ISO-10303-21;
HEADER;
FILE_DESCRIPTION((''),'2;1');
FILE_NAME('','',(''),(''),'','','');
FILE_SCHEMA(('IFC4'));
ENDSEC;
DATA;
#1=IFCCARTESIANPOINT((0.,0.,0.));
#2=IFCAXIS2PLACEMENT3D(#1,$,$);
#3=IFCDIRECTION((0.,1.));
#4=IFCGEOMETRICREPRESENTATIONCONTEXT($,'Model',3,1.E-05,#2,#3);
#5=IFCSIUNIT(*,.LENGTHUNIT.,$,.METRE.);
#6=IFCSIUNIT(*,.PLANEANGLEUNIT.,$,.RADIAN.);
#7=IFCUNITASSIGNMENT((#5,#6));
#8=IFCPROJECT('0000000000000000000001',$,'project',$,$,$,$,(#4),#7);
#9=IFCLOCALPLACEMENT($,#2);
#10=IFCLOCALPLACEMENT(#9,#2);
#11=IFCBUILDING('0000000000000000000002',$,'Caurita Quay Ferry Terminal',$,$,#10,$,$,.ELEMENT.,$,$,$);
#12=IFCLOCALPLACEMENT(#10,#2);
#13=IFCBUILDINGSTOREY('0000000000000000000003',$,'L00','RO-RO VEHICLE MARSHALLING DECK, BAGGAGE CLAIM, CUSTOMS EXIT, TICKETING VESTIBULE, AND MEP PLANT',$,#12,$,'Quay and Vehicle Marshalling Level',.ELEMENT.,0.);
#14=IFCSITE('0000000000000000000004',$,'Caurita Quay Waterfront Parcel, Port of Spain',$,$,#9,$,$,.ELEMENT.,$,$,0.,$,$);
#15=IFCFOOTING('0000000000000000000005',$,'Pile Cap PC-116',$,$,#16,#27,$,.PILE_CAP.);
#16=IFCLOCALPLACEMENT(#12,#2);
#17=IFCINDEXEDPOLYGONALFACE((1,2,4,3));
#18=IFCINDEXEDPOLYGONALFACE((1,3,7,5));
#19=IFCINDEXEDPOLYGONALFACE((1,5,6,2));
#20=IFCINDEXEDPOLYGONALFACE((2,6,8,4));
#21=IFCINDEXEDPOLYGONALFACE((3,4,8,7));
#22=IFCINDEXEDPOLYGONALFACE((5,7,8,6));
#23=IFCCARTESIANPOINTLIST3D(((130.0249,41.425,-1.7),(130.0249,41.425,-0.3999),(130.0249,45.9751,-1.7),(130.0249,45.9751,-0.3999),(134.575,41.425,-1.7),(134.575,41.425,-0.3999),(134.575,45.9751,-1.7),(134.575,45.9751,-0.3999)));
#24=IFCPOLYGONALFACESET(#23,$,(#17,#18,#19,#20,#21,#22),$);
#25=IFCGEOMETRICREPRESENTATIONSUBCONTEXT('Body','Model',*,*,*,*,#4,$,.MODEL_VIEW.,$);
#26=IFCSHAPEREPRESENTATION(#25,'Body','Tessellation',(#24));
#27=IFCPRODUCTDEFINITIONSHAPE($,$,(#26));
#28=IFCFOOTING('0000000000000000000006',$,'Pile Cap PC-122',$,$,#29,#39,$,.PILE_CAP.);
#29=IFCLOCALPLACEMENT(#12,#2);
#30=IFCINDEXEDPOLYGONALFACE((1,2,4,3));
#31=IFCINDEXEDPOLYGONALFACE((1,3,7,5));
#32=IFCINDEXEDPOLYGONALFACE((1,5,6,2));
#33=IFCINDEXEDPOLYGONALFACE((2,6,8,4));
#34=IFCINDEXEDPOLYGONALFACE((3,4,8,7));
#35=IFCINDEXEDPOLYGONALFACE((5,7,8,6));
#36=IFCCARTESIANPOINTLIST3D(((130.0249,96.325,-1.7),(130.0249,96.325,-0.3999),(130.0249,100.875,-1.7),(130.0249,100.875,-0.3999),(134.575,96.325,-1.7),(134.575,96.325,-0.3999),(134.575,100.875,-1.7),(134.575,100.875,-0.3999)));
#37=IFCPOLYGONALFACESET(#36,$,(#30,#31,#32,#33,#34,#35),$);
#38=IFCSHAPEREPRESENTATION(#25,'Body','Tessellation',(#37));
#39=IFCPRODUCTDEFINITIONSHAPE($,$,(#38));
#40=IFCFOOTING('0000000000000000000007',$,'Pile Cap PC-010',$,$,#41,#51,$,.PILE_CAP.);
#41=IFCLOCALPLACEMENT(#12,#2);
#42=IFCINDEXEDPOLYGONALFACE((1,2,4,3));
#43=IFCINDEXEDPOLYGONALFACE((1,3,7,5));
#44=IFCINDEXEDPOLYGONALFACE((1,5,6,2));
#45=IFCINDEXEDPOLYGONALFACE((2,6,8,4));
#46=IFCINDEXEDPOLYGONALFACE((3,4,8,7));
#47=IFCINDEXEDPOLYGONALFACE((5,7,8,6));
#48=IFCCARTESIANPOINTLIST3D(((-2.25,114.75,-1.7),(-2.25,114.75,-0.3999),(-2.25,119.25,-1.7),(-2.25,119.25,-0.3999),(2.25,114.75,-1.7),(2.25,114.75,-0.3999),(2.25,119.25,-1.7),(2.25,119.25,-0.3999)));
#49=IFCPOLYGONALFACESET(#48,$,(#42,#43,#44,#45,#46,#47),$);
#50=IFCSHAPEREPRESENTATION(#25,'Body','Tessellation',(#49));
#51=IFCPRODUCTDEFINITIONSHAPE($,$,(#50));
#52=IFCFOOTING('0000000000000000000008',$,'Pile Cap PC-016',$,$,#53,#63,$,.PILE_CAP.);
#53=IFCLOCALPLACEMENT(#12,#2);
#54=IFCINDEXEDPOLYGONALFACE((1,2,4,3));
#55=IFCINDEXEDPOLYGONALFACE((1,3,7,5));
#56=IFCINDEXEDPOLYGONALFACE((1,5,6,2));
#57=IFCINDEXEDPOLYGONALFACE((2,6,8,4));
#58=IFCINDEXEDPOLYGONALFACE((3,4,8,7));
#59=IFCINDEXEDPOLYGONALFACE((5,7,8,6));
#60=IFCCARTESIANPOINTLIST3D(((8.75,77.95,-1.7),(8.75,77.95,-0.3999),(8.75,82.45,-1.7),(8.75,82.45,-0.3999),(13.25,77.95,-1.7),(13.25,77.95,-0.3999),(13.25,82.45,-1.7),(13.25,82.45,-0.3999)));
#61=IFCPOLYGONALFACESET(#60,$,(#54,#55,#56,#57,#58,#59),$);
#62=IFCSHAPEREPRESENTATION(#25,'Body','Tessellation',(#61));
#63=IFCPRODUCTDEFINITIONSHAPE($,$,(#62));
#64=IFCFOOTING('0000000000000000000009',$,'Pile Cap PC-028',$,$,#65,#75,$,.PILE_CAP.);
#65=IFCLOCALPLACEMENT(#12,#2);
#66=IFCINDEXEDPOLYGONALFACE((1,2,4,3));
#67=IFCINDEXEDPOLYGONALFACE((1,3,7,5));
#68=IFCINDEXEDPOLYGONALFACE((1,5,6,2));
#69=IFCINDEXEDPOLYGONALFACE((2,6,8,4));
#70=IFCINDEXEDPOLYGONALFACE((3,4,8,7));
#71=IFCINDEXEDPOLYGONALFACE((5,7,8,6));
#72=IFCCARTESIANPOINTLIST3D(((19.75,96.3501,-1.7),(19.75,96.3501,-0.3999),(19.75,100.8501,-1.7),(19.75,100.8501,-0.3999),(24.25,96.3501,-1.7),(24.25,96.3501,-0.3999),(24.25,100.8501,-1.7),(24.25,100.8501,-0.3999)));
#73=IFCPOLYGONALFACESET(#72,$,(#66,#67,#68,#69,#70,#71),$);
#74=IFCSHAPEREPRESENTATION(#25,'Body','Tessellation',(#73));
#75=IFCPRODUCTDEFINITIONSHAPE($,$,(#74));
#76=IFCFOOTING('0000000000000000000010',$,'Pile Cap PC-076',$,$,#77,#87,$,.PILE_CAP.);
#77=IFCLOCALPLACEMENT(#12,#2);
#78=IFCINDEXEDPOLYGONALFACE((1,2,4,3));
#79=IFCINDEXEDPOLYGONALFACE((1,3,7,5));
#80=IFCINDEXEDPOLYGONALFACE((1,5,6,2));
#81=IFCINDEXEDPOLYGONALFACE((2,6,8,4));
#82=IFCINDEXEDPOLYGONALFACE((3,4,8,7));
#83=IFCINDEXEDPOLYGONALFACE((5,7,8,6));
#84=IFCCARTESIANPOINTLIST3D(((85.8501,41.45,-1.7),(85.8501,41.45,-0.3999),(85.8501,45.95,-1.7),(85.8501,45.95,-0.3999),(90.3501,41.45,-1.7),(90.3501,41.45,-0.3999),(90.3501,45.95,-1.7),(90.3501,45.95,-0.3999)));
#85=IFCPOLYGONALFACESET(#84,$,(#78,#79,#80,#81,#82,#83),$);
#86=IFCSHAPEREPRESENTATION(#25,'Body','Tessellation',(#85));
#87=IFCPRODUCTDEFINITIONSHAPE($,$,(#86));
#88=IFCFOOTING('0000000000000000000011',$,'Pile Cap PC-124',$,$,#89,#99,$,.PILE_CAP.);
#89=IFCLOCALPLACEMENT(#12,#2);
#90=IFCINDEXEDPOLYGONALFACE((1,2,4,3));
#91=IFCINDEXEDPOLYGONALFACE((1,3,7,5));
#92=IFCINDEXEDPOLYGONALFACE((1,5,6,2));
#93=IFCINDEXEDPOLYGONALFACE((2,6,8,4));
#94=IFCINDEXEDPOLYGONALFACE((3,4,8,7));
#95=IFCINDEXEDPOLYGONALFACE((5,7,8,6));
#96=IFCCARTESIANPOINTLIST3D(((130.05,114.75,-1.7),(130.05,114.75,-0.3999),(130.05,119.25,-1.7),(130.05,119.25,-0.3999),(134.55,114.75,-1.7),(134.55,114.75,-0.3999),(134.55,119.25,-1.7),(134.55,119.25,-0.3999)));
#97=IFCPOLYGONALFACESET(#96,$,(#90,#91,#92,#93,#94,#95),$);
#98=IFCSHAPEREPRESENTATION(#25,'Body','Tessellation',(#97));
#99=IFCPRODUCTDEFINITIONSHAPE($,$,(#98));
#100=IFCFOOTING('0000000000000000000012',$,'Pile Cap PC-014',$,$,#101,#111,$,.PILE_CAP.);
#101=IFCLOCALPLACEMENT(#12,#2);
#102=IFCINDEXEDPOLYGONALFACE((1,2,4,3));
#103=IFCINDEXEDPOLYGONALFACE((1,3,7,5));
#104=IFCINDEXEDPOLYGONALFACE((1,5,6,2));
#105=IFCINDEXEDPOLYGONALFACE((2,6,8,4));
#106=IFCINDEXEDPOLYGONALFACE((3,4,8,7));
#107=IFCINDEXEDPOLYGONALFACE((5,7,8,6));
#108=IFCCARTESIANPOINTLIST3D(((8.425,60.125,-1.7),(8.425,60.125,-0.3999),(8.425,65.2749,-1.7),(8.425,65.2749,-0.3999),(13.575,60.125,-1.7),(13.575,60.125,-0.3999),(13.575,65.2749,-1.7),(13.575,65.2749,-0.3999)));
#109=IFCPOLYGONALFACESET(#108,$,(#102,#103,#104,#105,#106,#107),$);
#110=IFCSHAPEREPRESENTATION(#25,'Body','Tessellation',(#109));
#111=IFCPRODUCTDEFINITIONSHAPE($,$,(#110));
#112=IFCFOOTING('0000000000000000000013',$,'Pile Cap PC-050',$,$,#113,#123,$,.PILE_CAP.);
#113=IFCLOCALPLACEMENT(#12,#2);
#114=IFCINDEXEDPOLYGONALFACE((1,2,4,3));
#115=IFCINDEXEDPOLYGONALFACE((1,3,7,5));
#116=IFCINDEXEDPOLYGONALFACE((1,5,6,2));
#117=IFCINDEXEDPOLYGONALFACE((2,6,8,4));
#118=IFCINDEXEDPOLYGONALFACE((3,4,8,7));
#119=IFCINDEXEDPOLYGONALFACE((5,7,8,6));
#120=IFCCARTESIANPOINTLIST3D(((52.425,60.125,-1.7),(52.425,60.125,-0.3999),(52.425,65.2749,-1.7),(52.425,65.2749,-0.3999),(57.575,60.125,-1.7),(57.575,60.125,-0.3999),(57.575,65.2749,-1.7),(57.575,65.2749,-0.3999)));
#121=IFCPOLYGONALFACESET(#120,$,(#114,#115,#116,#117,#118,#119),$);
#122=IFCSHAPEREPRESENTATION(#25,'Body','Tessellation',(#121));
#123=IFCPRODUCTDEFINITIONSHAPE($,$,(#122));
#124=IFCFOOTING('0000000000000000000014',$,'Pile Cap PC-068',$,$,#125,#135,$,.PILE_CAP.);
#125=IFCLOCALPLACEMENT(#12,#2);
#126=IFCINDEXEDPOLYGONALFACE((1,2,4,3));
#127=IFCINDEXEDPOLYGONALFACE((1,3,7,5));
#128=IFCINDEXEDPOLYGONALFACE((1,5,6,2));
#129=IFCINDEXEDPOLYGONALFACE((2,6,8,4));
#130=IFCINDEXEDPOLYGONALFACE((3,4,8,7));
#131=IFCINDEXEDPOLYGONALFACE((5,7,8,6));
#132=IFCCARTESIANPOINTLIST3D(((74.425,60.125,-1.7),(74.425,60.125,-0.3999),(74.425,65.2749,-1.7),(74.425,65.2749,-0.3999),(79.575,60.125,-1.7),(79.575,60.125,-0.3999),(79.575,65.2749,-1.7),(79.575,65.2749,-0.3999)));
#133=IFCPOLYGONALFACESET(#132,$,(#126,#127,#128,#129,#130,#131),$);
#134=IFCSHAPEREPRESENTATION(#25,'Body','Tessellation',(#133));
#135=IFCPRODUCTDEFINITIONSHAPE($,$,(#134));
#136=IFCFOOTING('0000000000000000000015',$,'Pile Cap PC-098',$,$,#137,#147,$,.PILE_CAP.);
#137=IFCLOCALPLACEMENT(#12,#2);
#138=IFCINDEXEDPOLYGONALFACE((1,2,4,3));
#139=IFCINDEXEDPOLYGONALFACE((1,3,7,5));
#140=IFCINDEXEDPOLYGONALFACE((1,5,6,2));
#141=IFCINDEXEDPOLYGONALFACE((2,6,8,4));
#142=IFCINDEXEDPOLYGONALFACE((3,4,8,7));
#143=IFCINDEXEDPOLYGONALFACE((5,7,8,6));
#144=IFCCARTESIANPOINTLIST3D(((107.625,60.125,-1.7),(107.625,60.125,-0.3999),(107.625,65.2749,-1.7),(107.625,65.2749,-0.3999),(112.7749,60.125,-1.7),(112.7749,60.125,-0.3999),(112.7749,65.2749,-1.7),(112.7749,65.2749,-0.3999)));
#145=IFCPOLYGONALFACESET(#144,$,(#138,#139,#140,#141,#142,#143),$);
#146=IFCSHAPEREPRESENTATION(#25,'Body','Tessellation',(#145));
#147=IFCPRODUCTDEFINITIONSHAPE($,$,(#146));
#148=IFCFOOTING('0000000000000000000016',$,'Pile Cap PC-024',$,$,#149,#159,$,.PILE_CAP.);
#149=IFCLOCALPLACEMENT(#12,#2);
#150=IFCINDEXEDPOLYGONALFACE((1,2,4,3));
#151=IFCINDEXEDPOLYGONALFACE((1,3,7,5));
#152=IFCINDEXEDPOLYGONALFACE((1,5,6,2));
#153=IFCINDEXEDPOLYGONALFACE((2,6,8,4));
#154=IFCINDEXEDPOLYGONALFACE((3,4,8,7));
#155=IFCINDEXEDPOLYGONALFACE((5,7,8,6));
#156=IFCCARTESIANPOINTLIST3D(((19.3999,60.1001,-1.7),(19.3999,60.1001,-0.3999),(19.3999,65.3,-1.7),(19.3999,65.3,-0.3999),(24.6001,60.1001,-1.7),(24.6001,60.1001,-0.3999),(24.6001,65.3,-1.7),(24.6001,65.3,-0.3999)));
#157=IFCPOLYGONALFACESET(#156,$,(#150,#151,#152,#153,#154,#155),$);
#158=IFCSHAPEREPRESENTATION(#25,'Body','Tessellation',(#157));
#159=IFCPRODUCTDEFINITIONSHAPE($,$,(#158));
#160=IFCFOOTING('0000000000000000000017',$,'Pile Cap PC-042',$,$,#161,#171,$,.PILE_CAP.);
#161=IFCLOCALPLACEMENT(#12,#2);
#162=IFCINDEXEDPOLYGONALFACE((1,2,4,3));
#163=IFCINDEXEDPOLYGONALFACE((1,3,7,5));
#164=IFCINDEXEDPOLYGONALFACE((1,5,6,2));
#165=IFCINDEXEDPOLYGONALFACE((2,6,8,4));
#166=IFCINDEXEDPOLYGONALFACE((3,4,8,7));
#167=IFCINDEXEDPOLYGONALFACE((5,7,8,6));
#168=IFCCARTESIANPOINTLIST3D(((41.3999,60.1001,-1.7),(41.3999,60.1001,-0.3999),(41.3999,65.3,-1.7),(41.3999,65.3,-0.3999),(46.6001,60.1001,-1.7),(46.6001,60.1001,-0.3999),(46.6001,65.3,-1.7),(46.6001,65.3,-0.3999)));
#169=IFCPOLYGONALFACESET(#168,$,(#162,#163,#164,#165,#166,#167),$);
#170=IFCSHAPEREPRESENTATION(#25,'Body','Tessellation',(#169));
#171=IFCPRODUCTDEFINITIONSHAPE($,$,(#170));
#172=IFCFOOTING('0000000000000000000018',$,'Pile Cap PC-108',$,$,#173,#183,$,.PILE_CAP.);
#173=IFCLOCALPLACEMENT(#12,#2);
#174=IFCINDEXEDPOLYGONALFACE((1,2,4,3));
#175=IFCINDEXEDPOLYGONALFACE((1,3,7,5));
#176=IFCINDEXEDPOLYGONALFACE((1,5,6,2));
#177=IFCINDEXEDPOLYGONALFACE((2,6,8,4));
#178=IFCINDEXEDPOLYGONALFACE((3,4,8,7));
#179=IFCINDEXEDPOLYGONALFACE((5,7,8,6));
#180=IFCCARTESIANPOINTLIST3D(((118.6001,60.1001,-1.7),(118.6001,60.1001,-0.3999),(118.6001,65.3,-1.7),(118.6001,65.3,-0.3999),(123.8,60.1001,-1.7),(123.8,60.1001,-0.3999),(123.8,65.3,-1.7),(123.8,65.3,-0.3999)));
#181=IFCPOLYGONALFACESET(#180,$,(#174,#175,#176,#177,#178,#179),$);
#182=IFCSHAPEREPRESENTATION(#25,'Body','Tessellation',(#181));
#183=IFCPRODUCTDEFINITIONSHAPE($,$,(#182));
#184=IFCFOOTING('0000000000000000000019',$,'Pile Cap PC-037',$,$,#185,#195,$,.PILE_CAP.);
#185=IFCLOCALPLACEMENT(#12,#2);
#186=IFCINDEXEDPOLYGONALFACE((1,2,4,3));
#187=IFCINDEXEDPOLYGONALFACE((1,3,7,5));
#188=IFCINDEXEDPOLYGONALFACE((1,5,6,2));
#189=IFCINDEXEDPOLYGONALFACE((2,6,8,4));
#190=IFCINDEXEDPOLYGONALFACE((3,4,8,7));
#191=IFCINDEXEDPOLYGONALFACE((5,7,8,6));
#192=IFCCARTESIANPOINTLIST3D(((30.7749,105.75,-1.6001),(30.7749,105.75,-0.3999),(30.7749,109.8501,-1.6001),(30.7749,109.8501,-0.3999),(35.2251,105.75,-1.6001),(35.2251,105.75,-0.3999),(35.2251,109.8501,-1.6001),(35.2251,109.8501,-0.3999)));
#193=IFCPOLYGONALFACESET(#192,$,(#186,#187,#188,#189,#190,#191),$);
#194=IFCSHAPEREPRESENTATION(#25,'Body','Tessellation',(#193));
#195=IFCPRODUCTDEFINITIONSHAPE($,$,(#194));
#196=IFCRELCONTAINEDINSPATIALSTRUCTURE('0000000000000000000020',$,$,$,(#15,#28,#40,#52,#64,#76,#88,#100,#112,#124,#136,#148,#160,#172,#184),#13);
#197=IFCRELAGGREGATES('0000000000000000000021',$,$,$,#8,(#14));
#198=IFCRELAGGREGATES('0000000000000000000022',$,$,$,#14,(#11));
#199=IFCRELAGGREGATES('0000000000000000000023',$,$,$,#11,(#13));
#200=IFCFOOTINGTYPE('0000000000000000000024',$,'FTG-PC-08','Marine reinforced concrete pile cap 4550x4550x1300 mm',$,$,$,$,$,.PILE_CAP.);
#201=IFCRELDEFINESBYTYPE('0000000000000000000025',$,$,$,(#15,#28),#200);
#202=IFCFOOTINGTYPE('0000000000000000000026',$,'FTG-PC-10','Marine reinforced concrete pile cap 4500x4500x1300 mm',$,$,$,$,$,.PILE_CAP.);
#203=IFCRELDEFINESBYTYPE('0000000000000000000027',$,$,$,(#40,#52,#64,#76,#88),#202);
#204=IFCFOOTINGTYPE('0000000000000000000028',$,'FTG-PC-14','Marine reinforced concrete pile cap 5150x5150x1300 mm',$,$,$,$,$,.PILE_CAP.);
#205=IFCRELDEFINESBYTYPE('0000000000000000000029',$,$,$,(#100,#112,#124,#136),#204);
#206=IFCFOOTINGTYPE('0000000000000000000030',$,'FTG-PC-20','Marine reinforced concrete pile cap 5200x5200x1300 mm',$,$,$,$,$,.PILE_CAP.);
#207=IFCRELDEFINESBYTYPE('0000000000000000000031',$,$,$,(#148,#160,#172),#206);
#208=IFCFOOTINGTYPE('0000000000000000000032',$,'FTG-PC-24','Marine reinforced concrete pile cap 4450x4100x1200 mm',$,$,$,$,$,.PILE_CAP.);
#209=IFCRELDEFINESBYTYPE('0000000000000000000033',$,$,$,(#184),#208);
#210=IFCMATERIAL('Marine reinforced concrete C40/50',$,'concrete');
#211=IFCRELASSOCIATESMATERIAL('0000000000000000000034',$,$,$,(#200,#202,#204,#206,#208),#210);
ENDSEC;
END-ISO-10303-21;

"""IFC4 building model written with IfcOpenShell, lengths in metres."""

from ifc_helpers import new_model, si_unit, direction, frame, origin, place, context, subcontext, project, spatial, polyline, outline, extrude, material, type_object, element, save


model = new_model("IFC4")

# Units and contexts
model_context = context("Model", 3, precision=1e-05, world=origin(), true_north=direction((0.0, 1.0)))
body_context = subcontext(model_context, "Body", "Model", "MODEL_VIEW")
ifc_project = project(units=[si_unit("LENGTHUNIT", "METRE"), si_unit("PLANEANGLEUNIT", "RADIAN")], contexts=[model_context])

# Site, building, storey
site_placement = place(None, origin())
site = spatial("IfcSite", under=ifc_project, at=site_placement, Name="Caurita Quay Waterfront Parcel, Port of Spain", CompositionType="ELEMENT", RefElevation=0.0)
building_placement = place(site_placement, origin())
building = spatial("IfcBuilding", under=site, at=building_placement, Name="Caurita Quay Ferry Terminal", CompositionType="ELEMENT")
storey_placement = place(building_placement, origin())
storey = spatial("IfcBuildingStorey", under=building, at=storey_placement, Name="L00", Description="RO-RO VEHICLE MARSHALLING DECK, BAGGAGE CLAIM, CUSTOMS EXIT, TICKETING VESTIBULE, AND MEP PLANT", LongName="Quay and Vehicle Marshalling Level", CompositionType="ELEMENT", Elevation=0.0)

# Footings
ifc_material = material(Name="Marine reinforced concrete C40/50", Category="concrete")
footing_type_1 = type_object("IfcFootingType", Name="FTG-PC-08", Description="Marine reinforced concrete pile cap 4550x4550x1300 mm", PredefinedType="PILE_CAP", material=ifc_material)
footing_1_placement = place(storey_placement, frame((0.0, 0.0, -1.7)))
element("IfcFooting", 1, at=footing_1_placement, inside=storey, type_object=footing_type_1, Name="Pile Cap PC-116", PredefinedType="PILE_CAP", context=body_context, shape_type="SweptSolid", body=[
    extrude(outline(polyline([(130.0249, 41.425), (134.575, 41.425), (134.575, 45.9751), (130.0249, 45.9751), (130.0249, 41.425)])), origin(), (0.0, 0.0, 1.0), 1.3),
])
footing_2_placement = place(storey_placement, frame((0.0, 0.0, -1.7)))
element("IfcFooting", 2, at=footing_2_placement, inside=storey, type_object=footing_type_1, Name="Pile Cap PC-122", PredefinedType="PILE_CAP", context=body_context, shape_type="SweptSolid", body=[
    extrude(outline(polyline([(130.0249, 96.325), (134.575, 96.325), (134.575, 100.875), (130.0249, 100.875), (130.0249, 96.325)])), origin(), (0.0, 0.0, 1.0), 1.3),
])
footing_type_2 = type_object("IfcFootingType", Name="FTG-PC-10", Description="Marine reinforced concrete pile cap 4500x4500x1300 mm", PredefinedType="PILE_CAP", material=ifc_material)
footing_3_placement = place(storey_placement, frame((0.0, 0.0, -1.7)))
element("IfcFooting", 3, at=footing_3_placement, inside=storey, type_object=footing_type_2, Name="Pile Cap PC-010", PredefinedType="PILE_CAP", context=body_context, shape_type="SweptSolid", body=[
    extrude(outline(polyline([(-2.25, 114.75), (2.25, 114.75), (2.25, 119.25), (-2.25, 119.25), (-2.25, 114.75)])), origin(), (0.0, 0.0, 1.0), 1.3),
])
footing_4_placement = place(storey_placement, frame((0.0, 0.0, -1.7)))
element("IfcFooting", 4, at=footing_4_placement, inside=storey, type_object=footing_type_2, Name="Pile Cap PC-016", PredefinedType="PILE_CAP", context=body_context, shape_type="SweptSolid", body=[
    extrude(outline(polyline([(8.75, 77.95), (13.25, 77.95), (13.25, 82.45), (8.75, 82.45), (8.75, 77.95)])), origin(), (0.0, 0.0, 1.0), 1.3),
])
footing_5_placement = place(storey_placement, frame((0.0, 0.0, -1.7)))
element("IfcFooting", 5, at=footing_5_placement, inside=storey, type_object=footing_type_2, Name="Pile Cap PC-028", PredefinedType="PILE_CAP", context=body_context, shape_type="SweptSolid", body=[
    extrude(outline(polyline([(19.75, 96.3501), (24.25, 96.3501), (24.25, 100.8501), (19.75, 100.8501), (19.75, 96.3501)])), origin(), (0.0, 0.0, 1.0), 1.3),
])
footing_6_placement = place(storey_placement, frame((0.0, 0.0, -1.7)))
element("IfcFooting", 6, at=footing_6_placement, inside=storey, type_object=footing_type_2, Name="Pile Cap PC-076", PredefinedType="PILE_CAP", context=body_context, shape_type="SweptSolid", body=[
    extrude(outline(polyline([(85.8501, 41.45), (90.3501, 41.45), (90.3501, 45.95), (85.8501, 45.95), (85.8501, 41.45)])), origin(), (0.0, 0.0, 1.0), 1.3),
])
footing_7_placement = place(storey_placement, frame((0.0, 0.0, -1.7)))
element("IfcFooting", 7, at=footing_7_placement, inside=storey, type_object=footing_type_2, Name="Pile Cap PC-124", PredefinedType="PILE_CAP", context=body_context, shape_type="SweptSolid", body=[
    extrude(outline(polyline([(130.05, 114.75), (134.55, 114.75), (134.55, 119.25), (130.05, 119.25), (130.05, 114.75)])), origin(), (0.0, 0.0, 1.0), 1.3),
])
footing_type_3 = type_object("IfcFootingType", Name="FTG-PC-14", Description="Marine reinforced concrete pile cap 5150x5150x1300 mm", PredefinedType="PILE_CAP", material=ifc_material)
footing_8_placement = place(storey_placement, frame((0.0, 0.0, -1.7)))
element("IfcFooting", 8, at=footing_8_placement, inside=storey, type_object=footing_type_3, Name="Pile Cap PC-014", PredefinedType="PILE_CAP", context=body_context, shape_type="SweptSolid", body=[
    extrude(outline(polyline([(8.425, 60.125), (13.575, 60.125), (13.575, 65.2749), (8.425, 65.2749), (8.425, 60.125)])), origin(), (0.0, 0.0, 1.0), 1.3),
])
footing_9_placement = place(storey_placement, frame((0.0, 0.0, -1.7)))
element("IfcFooting", 9, at=footing_9_placement, inside=storey, type_object=footing_type_3, Name="Pile Cap PC-050", PredefinedType="PILE_CAP", context=body_context, shape_type="SweptSolid", body=[
    extrude(outline(polyline([(52.425, 60.125), (57.575, 60.125), (57.575, 65.2749), (52.425, 65.2749), (52.425, 60.125)])), origin(), (0.0, 0.0, 1.0), 1.3),
])
footing_10_placement = place(storey_placement, frame((0.0, 0.0, -1.7)))
element("IfcFooting", 10, at=footing_10_placement, inside=storey, type_object=footing_type_3, Name="Pile Cap PC-068", PredefinedType="PILE_CAP", context=body_context, shape_type="SweptSolid", body=[
    extrude(outline(polyline([(74.425, 60.125), (79.575, 60.125), (79.575, 65.2749), (74.425, 65.2749), (74.425, 60.125)])), origin(), (0.0, 0.0, 1.0), 1.3),
])
footing_11_placement = place(storey_placement, frame((0.0, 0.0, -1.7)))
element("IfcFooting", 11, at=footing_11_placement, inside=storey, type_object=footing_type_3, Name="Pile Cap PC-098", PredefinedType="PILE_CAP", context=body_context, shape_type="SweptSolid", body=[
    extrude(outline(polyline([(107.625, 60.125), (112.7749, 60.125), (112.7749, 65.2749), (107.625, 65.2749), (107.625, 60.125)])), origin(), (0.0, 0.0, 1.0), 1.3),
])
footing_type_4 = type_object("IfcFootingType", Name="FTG-PC-20", Description="Marine reinforced concrete pile cap 5200x5200x1300 mm", PredefinedType="PILE_CAP", material=ifc_material)
footing_12_placement = place(storey_placement, frame((0.0, 0.0, -1.7)))
element("IfcFooting", 12, at=footing_12_placement, inside=storey, type_object=footing_type_4, Name="Pile Cap PC-024", PredefinedType="PILE_CAP", context=body_context, shape_type="SweptSolid", body=[
    extrude(outline(polyline([(19.3999, 60.1001), (24.6001, 60.1001), (24.6001, 65.3), (19.3999, 65.3), (19.3999, 60.1001)])), origin(), (0.0, 0.0, 1.0), 1.3),
])
footing_13_placement = place(storey_placement, frame((0.0, 0.0, -1.7)))
element("IfcFooting", 13, at=footing_13_placement, inside=storey, type_object=footing_type_4, Name="Pile Cap PC-042", PredefinedType="PILE_CAP", context=body_context, shape_type="SweptSolid", body=[
    extrude(outline(polyline([(41.3999, 60.1001), (46.6001, 60.1001), (46.6001, 65.3), (41.3999, 65.3), (41.3999, 60.1001)])), origin(), (0.0, 0.0, 1.0), 1.3),
])
footing_14_placement = place(storey_placement, frame((0.0, 0.0, -1.7)))
element("IfcFooting", 14, at=footing_14_placement, inside=storey, type_object=footing_type_4, Name="Pile Cap PC-108", PredefinedType="PILE_CAP", context=body_context, shape_type="SweptSolid", body=[
    extrude(outline(polyline([(118.6001, 60.1001), (123.8, 60.1001), (123.8, 65.3), (118.6001, 65.3), (118.6001, 60.1001)])), origin(), (0.0, 0.0, 1.0), 1.3),
])
footing_type_5 = type_object("IfcFootingType", Name="FTG-PC-24", Description="Marine reinforced concrete pile cap 4450x4100x1200 mm", PredefinedType="PILE_CAP", material=ifc_material)
footing_15_placement = place(storey_placement, frame((0.0, 0.0, -1.6001)))
element("IfcFooting", 15, at=footing_15_placement, inside=storey, type_object=footing_type_5, Name="Pile Cap PC-037", PredefinedType="PILE_CAP", context=body_context, shape_type="SweptSolid", body=[
    extrude(outline(polyline([(30.7749, 105.75), (35.2251, 105.75), (35.2251, 109.8501), (30.7749, 109.8501), (30.7749, 105.75)])), origin(), (0.0, 0.0, 1.0), 1.2002),
])

save(model, "model.ifc")
